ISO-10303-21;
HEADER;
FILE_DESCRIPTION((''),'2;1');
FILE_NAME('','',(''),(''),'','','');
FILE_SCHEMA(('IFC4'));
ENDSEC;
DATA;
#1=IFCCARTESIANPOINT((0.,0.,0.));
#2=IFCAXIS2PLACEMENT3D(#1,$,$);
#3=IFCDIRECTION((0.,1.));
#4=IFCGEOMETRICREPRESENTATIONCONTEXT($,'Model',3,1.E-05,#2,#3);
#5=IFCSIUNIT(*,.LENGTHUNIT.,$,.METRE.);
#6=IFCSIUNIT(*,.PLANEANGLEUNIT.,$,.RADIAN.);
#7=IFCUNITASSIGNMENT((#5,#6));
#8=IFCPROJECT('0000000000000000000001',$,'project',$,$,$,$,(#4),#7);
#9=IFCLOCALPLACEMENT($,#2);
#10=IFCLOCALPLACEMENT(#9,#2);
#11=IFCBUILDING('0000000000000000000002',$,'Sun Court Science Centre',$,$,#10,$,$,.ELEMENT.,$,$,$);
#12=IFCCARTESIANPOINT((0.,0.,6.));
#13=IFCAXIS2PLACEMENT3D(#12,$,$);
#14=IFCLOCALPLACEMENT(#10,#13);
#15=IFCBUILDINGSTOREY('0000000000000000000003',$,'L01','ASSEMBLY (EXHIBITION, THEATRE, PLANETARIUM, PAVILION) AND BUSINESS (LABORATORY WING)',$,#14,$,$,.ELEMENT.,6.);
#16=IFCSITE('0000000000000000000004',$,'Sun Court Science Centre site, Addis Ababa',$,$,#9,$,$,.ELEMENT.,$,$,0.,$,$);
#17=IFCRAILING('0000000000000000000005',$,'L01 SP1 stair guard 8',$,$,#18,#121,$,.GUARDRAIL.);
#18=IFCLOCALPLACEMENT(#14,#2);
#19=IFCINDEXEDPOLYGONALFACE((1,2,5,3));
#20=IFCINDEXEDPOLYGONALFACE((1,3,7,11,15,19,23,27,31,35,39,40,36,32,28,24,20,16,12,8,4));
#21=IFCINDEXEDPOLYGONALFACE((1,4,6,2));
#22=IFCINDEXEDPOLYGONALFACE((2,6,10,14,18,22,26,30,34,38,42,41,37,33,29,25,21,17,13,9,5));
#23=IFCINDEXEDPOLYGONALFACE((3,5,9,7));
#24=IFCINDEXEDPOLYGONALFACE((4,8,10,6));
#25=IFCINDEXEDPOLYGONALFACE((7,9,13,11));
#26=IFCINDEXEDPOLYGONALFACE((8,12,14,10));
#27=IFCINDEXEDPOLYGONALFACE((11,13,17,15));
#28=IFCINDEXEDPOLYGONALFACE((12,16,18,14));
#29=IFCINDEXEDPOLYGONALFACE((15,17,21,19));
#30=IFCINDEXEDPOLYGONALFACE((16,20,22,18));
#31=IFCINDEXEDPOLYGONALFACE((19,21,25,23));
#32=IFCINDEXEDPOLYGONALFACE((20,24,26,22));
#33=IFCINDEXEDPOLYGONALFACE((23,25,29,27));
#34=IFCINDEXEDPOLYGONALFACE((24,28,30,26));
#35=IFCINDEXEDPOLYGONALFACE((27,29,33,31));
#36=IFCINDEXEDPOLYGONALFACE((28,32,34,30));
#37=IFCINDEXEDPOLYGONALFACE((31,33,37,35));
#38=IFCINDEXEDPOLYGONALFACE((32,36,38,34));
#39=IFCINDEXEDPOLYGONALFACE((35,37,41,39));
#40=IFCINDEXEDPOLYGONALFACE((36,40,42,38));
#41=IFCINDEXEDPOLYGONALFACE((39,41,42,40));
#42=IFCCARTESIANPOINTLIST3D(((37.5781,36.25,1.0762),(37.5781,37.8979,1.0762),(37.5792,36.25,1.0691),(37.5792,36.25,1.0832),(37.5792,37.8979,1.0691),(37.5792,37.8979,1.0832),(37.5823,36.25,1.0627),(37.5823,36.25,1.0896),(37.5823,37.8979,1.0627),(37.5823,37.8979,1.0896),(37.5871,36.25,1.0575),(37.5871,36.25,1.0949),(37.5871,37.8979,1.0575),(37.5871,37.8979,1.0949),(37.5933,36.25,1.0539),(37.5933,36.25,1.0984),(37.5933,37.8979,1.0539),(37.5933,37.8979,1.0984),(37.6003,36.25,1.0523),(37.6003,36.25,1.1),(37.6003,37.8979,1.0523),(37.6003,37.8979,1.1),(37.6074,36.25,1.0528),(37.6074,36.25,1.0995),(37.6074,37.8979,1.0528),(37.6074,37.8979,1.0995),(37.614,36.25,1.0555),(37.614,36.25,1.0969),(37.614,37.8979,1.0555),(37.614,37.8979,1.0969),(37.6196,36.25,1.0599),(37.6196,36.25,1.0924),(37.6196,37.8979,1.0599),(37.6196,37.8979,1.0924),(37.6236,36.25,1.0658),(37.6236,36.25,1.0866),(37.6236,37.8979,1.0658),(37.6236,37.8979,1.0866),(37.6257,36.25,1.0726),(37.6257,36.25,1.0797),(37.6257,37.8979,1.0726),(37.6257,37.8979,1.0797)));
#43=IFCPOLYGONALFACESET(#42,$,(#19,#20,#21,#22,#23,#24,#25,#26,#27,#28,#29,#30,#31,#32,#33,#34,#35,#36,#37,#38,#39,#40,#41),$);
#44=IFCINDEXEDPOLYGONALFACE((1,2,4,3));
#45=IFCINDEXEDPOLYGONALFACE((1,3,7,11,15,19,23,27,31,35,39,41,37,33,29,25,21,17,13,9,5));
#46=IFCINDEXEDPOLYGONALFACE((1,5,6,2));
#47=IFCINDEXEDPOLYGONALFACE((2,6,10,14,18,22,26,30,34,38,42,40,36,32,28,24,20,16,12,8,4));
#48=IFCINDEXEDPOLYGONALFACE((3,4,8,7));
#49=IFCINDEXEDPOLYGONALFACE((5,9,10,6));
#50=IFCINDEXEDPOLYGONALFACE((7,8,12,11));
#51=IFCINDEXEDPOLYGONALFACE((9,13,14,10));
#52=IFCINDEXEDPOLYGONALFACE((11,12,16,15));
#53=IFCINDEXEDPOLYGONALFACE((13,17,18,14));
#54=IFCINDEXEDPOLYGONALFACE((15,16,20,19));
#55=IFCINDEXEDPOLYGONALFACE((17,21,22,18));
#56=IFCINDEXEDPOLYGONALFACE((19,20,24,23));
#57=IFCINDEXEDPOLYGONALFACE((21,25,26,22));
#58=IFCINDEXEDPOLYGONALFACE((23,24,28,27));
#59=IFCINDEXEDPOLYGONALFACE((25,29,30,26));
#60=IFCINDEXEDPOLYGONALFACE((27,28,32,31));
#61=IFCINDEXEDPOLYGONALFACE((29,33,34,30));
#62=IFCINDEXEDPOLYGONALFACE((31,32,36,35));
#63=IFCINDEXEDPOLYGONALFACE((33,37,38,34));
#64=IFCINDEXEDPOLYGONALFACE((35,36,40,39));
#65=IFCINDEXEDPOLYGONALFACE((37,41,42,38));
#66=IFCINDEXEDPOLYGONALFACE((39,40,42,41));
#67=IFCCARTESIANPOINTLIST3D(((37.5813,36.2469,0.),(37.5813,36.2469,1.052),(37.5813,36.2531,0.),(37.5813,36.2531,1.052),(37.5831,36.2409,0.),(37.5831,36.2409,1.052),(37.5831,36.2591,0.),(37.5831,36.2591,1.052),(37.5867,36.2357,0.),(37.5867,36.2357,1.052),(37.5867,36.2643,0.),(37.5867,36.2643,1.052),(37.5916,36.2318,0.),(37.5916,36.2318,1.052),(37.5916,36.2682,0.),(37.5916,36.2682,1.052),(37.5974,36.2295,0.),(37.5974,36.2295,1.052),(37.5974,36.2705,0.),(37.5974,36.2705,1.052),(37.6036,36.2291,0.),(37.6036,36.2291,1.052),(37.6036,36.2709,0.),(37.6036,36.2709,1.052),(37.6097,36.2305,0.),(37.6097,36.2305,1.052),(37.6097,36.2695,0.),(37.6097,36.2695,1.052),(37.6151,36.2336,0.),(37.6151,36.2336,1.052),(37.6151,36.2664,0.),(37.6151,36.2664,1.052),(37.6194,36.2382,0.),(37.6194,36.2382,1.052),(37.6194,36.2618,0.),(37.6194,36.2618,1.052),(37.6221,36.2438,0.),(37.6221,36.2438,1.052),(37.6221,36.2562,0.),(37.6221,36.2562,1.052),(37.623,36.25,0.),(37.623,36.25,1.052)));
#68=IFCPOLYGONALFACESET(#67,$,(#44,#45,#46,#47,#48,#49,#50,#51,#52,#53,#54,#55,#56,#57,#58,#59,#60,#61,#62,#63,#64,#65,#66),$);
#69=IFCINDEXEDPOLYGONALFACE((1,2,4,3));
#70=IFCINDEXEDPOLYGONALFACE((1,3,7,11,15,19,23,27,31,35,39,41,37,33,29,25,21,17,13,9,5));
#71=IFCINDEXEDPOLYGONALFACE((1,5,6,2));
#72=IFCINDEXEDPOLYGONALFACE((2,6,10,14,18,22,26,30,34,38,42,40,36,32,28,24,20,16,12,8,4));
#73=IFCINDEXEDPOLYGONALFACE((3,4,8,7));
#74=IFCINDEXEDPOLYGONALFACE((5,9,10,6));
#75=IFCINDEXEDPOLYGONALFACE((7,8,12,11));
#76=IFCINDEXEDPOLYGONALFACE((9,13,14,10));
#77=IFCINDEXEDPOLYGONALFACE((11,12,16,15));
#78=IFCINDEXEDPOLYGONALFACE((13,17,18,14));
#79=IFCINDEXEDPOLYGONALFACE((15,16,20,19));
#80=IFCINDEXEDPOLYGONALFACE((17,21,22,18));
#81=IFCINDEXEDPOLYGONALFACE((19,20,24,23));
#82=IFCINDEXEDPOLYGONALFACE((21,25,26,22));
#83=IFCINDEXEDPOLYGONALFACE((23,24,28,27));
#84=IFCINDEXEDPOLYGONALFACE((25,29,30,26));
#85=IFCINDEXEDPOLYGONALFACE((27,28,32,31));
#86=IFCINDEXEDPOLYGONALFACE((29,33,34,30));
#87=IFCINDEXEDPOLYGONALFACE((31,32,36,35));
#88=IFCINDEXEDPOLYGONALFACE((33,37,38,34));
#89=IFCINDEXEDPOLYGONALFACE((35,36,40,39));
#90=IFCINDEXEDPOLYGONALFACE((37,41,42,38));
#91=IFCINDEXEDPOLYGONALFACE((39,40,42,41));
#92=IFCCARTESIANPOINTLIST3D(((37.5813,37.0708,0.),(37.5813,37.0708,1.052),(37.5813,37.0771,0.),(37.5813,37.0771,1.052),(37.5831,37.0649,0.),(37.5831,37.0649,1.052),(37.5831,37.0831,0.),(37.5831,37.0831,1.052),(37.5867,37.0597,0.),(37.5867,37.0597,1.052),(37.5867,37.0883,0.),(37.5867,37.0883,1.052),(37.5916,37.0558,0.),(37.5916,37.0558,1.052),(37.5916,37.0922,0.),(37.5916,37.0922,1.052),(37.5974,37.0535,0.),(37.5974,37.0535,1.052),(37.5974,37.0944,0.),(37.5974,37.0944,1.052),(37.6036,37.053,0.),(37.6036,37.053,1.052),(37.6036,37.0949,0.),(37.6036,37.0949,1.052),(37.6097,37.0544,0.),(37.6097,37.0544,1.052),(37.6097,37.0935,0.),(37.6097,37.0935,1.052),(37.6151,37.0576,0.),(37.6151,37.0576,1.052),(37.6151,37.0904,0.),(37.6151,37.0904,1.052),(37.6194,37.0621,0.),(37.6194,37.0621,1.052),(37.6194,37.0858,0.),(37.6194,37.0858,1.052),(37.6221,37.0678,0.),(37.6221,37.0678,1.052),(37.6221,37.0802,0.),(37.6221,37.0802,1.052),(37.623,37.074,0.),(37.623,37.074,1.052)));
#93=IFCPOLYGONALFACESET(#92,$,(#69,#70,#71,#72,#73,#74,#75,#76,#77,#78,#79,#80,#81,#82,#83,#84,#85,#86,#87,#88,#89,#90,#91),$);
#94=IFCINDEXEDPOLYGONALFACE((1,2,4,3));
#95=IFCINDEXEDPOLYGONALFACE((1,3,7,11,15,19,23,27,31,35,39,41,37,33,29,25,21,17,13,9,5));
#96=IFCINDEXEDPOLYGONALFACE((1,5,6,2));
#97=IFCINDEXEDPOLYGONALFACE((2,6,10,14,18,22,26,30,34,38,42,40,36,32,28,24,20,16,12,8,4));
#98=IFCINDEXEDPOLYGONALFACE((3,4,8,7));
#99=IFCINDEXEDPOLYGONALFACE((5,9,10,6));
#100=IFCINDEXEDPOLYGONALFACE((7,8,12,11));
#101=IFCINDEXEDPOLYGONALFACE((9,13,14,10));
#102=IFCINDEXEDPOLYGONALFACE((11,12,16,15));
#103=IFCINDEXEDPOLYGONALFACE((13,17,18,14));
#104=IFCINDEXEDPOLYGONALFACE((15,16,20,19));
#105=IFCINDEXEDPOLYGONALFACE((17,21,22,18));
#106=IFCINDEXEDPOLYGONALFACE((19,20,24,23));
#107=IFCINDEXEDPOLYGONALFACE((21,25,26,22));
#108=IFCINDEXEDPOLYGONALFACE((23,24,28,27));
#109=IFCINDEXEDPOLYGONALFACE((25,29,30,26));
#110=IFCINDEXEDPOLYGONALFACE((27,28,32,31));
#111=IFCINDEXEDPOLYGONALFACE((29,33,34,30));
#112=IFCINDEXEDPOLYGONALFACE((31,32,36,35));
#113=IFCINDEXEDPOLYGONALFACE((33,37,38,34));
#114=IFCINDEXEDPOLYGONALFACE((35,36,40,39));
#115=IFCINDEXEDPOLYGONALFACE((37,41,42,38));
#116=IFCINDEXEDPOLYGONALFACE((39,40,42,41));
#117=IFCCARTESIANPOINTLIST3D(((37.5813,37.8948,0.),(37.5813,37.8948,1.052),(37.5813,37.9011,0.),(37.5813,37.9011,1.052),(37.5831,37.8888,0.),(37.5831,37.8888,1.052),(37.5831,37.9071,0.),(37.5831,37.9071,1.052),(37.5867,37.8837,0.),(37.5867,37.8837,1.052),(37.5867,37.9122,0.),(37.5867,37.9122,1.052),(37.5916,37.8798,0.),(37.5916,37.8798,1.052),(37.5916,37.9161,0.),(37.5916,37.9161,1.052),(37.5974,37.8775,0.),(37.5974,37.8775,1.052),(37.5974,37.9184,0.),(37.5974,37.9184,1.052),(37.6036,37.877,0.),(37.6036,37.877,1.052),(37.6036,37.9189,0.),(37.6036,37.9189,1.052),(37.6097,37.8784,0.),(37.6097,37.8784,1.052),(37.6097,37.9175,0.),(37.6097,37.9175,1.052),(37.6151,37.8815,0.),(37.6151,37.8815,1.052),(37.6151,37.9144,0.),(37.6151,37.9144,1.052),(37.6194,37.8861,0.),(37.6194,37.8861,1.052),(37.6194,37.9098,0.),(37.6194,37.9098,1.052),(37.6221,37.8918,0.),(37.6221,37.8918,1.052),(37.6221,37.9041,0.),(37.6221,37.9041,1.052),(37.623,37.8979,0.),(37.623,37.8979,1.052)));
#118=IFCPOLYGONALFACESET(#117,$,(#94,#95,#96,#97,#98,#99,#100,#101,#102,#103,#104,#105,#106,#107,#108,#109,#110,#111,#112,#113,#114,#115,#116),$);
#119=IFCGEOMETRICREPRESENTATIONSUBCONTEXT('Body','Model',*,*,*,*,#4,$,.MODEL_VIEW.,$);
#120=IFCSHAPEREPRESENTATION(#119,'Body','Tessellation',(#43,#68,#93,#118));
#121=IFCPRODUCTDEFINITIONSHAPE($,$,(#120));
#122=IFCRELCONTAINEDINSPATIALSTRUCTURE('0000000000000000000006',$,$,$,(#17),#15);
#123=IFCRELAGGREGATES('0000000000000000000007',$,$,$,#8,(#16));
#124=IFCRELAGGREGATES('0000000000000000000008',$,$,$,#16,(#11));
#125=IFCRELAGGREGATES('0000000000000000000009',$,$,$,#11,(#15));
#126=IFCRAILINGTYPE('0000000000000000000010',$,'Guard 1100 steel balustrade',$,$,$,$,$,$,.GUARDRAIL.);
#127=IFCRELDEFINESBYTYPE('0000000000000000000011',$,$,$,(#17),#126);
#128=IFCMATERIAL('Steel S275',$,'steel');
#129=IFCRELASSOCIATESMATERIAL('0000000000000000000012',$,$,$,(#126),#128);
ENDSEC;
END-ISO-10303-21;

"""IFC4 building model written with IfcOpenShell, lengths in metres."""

from ifc_helpers import new_model, si_unit, direction, frame, origin, origin_2d, place, context, subcontext, project, spatial, circle, extrude, material, type_object, element, save


model = new_model("IFC4")

# Units and contexts
model_context = context("Model", 3, precision=1e-05, world=origin(), true_north=direction((0.0, 1.0)))
body_context = subcontext(model_context, "Body", "Model", "MODEL_VIEW")
ifc_project = project(units=[si_unit("LENGTHUNIT", "METRE"), si_unit("PLANEANGLEUNIT", "RADIAN")], contexts=[model_context])

# Site, building, storey
site_placement = place(None, origin())
site = spatial("IfcSite", under=ifc_project, at=site_placement, Name="Sun Court Science Centre site, Addis Ababa", CompositionType="ELEMENT", RefElevation=0.0)
building_placement = place(site_placement, origin())
building = spatial("IfcBuilding", under=site, at=building_placement, Name="Sun Court Science Centre", CompositionType="ELEMENT")
storey_placement = place(building_placement, frame((0.0, 0.0, 6.0)))
storey = spatial("IfcBuildingStorey", under=building, at=storey_placement, Name="L01", Description="ASSEMBLY (EXHIBITION, THEATRE, PLANETARIUM, PAVILION) AND BUSINESS (LABORATORY WING)", CompositionType="ELEMENT", Elevation=6.0)

# Railing
ifc_material_1 = material(Name="Steel S275", Category="steel")
railing_type_1 = type_object("IfcRailingType", Name="Guard 1100 steel balustrade", PredefinedType="GUARDRAIL", material=ifc_material_1)
for number, where, name in (
    (1, (37.6021, 36.25, 0.0), "L01 SP1 stair guard 8"),
):
    element("IfcRailing", number, at=place(storey_placement, frame(where)), inside=storey, type_object=railing_type_1, Name=name, PredefinedType="GUARDRAIL", context=body_context, shape_type="SweptSolid", body=[
        extrude(circle(Radius=0.0239, at=origin_2d()), frame((0.0, 0.0, 1.0762), z_axis=(0.0, 1.0, 0.0), x_axis=(-1.0, 0.0, 0.0)), (0.0, 0.0, 1.0), 1.6479),
        extrude(circle(Radius=0.021, at=origin_2d()), origin(), (0.0, 0.0, 1.0), 1.052),
        extrude(circle(Radius=0.021, at=origin_2d()), frame((0.0, 0.824, 0.0)), (0.0, 0.0, 1.0), 1.052),
        extrude(circle(Radius=0.021, at=origin_2d()), frame((0.0, 1.6479, 0.0)), (0.0, 0.0, 1.0), 1.052),
    ])

save(model, "model.ifc")
